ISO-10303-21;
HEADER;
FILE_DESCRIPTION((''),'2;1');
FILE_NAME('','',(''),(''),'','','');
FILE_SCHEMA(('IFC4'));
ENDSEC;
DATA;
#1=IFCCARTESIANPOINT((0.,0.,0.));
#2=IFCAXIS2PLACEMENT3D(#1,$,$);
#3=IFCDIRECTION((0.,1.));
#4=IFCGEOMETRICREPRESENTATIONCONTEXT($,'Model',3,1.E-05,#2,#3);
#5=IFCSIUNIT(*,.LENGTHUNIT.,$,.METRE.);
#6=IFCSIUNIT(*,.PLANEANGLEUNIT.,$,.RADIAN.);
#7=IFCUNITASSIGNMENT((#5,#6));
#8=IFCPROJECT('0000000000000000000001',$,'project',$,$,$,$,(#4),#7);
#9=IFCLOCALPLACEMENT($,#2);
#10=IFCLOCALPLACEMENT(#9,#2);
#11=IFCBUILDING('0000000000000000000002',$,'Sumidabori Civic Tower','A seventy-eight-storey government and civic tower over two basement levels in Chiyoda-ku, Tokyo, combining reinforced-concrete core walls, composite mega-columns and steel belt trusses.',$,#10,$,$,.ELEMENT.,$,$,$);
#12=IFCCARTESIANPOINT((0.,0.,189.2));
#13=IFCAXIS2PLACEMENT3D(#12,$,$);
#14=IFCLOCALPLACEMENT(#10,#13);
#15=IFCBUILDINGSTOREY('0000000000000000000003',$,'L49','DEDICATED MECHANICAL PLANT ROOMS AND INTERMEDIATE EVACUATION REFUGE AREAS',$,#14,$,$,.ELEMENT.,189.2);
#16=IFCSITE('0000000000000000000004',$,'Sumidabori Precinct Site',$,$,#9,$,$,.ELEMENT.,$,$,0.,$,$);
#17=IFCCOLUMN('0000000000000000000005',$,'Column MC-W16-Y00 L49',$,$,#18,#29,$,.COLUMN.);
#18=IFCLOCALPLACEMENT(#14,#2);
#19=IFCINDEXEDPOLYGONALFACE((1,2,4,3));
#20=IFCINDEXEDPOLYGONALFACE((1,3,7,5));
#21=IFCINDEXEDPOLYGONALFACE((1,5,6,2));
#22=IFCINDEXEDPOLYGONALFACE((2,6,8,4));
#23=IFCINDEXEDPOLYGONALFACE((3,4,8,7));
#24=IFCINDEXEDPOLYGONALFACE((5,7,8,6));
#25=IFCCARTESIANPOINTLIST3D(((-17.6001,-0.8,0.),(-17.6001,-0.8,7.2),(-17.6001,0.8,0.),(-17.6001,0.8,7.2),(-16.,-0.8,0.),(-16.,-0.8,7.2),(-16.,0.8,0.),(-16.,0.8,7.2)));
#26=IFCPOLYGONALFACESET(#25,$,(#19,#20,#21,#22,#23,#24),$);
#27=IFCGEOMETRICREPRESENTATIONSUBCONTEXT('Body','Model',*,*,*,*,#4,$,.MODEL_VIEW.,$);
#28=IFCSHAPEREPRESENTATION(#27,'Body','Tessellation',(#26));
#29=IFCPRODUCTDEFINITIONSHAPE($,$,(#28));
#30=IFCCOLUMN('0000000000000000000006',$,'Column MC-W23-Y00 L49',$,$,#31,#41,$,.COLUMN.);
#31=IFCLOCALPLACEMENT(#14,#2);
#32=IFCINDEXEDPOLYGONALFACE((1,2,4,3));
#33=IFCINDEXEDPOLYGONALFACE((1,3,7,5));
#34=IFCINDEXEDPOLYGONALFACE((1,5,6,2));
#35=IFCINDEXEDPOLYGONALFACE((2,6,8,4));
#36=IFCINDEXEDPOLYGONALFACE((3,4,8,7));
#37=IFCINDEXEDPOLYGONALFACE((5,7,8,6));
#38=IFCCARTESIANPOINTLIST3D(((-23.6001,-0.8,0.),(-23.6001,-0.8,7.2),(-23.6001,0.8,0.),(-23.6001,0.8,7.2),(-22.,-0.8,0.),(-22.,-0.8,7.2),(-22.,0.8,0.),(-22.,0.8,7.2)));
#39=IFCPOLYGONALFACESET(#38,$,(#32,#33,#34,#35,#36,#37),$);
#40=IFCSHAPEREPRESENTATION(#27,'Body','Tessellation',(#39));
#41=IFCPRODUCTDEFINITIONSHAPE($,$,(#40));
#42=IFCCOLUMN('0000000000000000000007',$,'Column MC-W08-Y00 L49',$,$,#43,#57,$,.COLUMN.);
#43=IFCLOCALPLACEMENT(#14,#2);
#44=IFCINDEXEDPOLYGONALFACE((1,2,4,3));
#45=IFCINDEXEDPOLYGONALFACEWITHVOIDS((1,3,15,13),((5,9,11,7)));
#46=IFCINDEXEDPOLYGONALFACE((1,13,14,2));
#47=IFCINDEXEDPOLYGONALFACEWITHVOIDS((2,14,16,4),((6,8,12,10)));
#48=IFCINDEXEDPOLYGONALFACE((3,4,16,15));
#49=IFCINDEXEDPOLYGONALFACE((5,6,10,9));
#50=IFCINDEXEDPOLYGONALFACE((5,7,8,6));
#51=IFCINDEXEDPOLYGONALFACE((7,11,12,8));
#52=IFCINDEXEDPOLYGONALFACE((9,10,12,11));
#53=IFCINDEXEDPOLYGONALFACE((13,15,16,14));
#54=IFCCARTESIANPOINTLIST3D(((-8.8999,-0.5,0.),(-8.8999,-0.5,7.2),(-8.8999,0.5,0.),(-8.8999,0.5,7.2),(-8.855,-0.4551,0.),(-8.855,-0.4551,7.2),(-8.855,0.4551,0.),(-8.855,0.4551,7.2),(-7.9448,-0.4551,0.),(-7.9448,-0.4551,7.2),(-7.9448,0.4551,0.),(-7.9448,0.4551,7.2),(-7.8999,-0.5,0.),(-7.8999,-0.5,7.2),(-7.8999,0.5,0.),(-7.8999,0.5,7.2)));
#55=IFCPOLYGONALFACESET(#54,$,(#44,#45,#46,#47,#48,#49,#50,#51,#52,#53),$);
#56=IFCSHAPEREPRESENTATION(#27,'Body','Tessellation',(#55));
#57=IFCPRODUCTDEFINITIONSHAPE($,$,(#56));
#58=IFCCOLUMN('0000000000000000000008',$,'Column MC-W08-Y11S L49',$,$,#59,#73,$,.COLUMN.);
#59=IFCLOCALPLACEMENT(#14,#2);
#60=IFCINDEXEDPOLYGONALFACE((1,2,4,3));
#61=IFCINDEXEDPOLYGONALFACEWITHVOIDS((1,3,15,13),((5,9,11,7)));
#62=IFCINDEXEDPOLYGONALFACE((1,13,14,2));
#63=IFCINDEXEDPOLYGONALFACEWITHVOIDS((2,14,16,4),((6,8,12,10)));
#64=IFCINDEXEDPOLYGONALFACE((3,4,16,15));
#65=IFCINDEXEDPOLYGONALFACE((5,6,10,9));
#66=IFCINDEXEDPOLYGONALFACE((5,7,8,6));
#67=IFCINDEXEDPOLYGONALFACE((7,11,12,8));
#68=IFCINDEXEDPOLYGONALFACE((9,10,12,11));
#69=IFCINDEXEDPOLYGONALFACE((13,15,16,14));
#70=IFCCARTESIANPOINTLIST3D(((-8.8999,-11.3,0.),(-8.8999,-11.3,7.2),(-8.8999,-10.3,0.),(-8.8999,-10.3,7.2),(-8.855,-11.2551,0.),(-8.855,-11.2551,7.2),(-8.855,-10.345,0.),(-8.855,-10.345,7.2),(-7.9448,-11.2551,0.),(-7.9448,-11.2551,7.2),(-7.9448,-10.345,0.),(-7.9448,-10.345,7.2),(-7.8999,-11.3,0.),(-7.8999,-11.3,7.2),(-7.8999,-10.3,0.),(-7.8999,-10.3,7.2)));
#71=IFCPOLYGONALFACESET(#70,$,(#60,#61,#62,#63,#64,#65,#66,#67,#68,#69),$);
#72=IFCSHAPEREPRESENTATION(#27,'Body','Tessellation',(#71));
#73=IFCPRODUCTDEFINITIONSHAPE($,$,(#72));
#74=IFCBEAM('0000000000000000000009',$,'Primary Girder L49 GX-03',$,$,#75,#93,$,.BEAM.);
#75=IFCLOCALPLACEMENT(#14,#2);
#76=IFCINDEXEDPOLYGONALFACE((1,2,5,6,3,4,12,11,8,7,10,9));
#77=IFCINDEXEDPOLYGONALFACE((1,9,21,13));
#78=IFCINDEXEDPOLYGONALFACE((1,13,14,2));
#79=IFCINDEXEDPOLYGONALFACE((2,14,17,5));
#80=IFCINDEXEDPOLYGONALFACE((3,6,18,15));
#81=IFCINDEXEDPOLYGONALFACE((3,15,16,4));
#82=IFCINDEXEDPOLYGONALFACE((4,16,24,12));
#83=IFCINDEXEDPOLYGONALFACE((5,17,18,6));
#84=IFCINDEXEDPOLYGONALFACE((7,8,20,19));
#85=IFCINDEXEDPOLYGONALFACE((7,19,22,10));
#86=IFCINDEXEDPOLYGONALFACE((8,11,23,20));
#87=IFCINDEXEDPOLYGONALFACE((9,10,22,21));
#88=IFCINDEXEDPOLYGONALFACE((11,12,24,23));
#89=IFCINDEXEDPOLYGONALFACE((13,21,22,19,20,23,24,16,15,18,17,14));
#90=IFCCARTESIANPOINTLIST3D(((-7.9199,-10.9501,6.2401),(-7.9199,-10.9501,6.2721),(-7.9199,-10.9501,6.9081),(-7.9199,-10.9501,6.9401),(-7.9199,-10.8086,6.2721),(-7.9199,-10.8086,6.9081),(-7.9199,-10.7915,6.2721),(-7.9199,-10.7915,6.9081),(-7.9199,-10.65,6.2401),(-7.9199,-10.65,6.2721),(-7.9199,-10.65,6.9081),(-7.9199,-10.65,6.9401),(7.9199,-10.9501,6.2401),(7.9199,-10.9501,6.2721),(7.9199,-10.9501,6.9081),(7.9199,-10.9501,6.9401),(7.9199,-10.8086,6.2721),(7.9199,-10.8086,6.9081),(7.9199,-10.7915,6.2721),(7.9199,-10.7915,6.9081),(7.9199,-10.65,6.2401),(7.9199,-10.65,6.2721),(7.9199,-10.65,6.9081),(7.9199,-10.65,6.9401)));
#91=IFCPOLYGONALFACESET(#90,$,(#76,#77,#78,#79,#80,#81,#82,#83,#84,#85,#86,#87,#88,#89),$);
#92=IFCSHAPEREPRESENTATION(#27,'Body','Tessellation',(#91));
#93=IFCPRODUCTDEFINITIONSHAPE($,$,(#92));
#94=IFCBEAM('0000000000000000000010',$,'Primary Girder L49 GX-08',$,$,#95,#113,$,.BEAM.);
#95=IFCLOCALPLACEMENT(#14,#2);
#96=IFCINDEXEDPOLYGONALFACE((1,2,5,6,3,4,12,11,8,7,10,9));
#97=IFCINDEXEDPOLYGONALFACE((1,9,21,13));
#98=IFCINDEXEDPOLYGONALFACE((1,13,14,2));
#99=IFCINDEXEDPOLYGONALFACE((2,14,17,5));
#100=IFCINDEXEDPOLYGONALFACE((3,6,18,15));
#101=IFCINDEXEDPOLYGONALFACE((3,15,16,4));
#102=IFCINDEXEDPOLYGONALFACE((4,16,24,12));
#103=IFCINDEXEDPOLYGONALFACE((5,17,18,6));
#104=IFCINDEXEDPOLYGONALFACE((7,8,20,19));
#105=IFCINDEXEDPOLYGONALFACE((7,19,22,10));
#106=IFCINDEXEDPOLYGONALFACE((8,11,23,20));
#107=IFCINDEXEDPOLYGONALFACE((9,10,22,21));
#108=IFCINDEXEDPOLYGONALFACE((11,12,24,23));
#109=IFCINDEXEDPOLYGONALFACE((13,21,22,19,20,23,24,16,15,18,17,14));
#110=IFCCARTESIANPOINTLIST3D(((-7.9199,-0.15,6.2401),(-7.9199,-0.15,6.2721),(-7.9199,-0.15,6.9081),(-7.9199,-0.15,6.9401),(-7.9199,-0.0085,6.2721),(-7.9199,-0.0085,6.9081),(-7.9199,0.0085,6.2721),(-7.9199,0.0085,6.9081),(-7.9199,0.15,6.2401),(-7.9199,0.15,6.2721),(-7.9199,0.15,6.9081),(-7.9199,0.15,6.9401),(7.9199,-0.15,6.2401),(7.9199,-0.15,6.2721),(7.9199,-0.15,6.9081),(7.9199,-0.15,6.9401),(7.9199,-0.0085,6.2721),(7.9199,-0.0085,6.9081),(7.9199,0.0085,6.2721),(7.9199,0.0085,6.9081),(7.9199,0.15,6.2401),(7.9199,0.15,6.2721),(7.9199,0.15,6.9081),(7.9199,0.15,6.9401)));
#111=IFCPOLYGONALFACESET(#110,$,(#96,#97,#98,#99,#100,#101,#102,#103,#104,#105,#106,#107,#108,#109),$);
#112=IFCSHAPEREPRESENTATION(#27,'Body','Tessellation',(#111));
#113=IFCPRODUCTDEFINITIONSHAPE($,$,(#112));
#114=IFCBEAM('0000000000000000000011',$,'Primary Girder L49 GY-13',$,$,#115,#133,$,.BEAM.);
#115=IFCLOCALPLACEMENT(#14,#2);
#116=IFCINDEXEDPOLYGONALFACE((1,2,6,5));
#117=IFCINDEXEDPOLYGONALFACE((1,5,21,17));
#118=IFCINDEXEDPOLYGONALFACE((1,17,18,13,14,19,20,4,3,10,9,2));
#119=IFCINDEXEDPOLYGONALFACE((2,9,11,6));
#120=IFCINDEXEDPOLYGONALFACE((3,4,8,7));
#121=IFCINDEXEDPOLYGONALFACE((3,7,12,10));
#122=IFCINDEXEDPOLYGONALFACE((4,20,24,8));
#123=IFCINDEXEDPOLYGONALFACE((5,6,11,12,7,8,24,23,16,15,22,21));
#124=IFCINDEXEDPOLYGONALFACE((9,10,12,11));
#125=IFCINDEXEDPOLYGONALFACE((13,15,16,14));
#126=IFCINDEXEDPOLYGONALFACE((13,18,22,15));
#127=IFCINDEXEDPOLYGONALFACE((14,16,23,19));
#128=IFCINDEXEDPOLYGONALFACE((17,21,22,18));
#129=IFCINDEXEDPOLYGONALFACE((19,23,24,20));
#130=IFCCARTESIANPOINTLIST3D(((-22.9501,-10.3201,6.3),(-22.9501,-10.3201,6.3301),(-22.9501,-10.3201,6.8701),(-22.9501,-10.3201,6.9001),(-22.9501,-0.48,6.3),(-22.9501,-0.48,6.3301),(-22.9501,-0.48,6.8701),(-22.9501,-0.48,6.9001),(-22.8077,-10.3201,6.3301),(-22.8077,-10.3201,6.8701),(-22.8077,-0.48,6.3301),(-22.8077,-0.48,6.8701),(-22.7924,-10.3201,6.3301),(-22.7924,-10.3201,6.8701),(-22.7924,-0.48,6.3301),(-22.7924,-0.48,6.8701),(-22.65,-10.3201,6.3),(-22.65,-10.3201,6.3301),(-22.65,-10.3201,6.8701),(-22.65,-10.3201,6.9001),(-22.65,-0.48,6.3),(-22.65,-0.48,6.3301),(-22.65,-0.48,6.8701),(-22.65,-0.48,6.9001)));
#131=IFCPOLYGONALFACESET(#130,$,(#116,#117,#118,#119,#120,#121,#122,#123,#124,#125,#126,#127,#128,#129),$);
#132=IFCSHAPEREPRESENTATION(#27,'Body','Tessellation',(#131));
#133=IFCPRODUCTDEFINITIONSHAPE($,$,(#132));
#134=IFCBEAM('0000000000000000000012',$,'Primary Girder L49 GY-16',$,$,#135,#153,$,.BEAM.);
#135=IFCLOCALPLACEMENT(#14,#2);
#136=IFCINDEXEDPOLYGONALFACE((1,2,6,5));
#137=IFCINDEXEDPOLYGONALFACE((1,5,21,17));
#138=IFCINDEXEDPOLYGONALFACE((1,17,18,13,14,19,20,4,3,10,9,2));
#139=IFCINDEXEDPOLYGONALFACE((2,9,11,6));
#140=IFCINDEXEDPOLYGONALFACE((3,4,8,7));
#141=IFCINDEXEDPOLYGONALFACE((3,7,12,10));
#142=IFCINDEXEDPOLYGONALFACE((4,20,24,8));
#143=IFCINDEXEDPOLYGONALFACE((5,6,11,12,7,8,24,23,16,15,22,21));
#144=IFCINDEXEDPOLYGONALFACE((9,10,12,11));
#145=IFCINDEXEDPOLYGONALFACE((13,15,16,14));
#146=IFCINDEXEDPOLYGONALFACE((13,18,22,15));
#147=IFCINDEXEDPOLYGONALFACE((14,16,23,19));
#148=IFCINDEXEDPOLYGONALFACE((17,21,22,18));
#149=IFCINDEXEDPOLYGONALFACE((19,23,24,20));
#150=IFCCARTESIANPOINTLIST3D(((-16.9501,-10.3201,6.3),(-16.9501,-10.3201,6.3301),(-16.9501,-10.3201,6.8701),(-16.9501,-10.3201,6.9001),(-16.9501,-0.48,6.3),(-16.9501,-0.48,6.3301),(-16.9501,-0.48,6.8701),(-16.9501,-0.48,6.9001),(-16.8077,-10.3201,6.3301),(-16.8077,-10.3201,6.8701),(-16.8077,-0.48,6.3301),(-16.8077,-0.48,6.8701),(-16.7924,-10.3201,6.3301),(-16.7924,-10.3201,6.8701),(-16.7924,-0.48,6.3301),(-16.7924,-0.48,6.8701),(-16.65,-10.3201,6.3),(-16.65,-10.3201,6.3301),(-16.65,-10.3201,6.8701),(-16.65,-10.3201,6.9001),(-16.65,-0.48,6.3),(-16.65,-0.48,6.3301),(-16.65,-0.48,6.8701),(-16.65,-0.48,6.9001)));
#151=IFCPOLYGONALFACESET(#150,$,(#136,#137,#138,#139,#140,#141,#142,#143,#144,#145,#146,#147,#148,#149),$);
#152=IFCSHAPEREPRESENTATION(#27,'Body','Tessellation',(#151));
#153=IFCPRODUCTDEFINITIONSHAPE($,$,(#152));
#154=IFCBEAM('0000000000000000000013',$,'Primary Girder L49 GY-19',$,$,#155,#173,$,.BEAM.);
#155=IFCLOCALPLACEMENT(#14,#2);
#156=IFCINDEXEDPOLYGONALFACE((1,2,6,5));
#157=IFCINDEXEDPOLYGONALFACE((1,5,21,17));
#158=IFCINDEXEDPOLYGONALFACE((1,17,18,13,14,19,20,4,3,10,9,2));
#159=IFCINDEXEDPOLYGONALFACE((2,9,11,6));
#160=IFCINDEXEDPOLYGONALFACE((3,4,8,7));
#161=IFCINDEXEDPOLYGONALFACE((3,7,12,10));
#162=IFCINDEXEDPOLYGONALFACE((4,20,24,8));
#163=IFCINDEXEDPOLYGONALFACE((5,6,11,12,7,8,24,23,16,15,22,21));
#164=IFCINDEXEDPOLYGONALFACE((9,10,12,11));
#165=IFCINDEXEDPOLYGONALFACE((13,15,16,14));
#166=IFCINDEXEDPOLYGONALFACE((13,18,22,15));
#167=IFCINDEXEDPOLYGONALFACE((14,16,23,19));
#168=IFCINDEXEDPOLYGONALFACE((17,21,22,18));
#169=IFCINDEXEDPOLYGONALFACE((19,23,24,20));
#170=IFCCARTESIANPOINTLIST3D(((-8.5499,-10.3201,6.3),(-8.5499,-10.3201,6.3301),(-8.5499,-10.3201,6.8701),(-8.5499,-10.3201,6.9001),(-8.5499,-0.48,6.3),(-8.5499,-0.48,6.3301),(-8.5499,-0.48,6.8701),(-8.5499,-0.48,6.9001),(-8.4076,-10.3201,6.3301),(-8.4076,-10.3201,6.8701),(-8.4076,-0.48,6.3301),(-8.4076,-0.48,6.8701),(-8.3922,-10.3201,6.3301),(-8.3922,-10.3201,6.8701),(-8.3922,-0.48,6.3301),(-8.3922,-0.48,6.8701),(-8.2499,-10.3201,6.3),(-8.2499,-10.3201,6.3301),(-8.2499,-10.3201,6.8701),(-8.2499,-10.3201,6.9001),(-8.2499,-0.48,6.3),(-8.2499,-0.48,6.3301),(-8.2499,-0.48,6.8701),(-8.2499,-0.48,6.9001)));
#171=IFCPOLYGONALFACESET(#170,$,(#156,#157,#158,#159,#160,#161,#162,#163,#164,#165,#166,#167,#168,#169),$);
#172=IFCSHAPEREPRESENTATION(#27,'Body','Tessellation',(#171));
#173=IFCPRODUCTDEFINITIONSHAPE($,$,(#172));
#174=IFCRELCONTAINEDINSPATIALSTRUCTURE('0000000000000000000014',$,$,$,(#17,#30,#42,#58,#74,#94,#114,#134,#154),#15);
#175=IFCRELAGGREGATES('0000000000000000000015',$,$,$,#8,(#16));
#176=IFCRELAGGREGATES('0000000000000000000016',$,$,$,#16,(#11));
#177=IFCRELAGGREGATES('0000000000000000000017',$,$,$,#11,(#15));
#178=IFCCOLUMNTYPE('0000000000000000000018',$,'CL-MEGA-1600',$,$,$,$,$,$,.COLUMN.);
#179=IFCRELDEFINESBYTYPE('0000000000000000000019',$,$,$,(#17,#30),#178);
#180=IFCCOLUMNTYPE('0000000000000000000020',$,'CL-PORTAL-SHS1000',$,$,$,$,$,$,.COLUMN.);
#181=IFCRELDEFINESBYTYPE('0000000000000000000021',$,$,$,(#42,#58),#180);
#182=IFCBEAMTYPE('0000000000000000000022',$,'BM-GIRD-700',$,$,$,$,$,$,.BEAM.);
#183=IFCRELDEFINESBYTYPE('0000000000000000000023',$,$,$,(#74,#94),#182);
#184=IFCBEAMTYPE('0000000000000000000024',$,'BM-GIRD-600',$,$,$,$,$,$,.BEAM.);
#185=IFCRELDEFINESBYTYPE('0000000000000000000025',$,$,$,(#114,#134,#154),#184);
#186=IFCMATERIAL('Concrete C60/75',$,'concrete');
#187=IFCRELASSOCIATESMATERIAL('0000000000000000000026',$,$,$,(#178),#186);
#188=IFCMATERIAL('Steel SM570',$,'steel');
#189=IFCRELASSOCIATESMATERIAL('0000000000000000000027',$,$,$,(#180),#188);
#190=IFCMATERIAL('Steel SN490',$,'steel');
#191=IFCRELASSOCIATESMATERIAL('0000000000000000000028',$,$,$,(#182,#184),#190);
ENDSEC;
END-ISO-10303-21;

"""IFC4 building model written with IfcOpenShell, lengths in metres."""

from ifc_helpers import new_model, si_unit, direction, frame, origin, origin_2d, place, context, subcontext, project, spatial, rectangle, hollow_rectangle, i_section, extrude, source, transform, mapped, material, material_profile, profile_set, type_object, element, save


model = new_model("IFC4")

# Units and contexts
model_context = context("Model", 3, precision=1e-05, world=origin(), true_north=direction((0.0, 1.0)))
body_context = subcontext(model_context, "Body", "Model", "MODEL_VIEW")
ifc_project = project(units=[si_unit("LENGTHUNIT", "METRE"), si_unit("PLANEANGLEUNIT", "RADIAN")], contexts=[model_context])

# Site, building, storey
site_placement = place(None, origin())
site = spatial("IfcSite", under=ifc_project, at=site_placement, Name="Sumidabori Precinct Site", CompositionType="ELEMENT", RefElevation=0.0)
building_placement = place(site_placement, origin())
building = spatial("IfcBuilding", under=site, at=building_placement, Name="Sumidabori Civic Tower", Description="A seventy-eight-storey government and civic tower over two basement levels in Chiyoda-ku, Tokyo, combining reinforced-concrete core walls, composite mega-columns and steel belt trusses.", CompositionType="ELEMENT")
storey_placement = place(building_placement, frame((0.0, 0.0, 189.2)))
storey = spatial("IfcBuildingStorey", under=building, at=storey_placement, Name="L49", Description="DEDICATED MECHANICAL PLANT ROOMS AND INTERMEDIATE EVACUATION REFUGE AREAS", CompositionType="ELEMENT", Elevation=189.2)

# Columns
ifc_material_1 = material(Name="Concrete C60/75", Category="concrete")
ifc_material_profile_1 = material_profile(ifc_material_1, rectangle(XDim=1.6001, YDim=1.6001, at=origin_2d()), Name="RC 1600x1600")
ifc_profile_set_1 = profile_set([ifc_material_profile_1], Name="Concrete C60/75")
column_type_1 = type_object("IfcColumnType", Name="CL-MEGA-1600", PredefinedType="COLUMN", material=ifc_profile_set_1)
shared_shape_1 = source(origin(), body_context, "Body", "SweptSolid", [
    extrude(rectangle(XDim=1.6001, YDim=1.6001, at=origin_2d()), origin(), (0.0, 0.0, 1.0), 7.2),
])
for number, where, z_axis, x_axis, name in (
    (1, (-16.8, 0.0, 0.0), (0.0, 0.0, 1.0), (1.0, 0.0, 0.0), "Column MC-W16-Y00 L49"),
    (2, (-22.8, 0.0, 0.0), (0.0, 0.0, 1.0), (1.0, 0.0, 0.0), "Column MC-W23-Y00 L49"),
):
    element("IfcColumn", number, at=place(storey_placement, frame(where, z_axis=z_axis, x_axis=x_axis)), inside=storey, type_object=column_type_1, Name=name, PredefinedType="COLUMN", context=body_context, shape_type="MappedRepresentation", body=[
        mapped(shared_shape_1, transform((0.0, 0.0, 0.0), x_axis=(1.0, 0.0, 0.0), y_axis=(0.0, 1.0, 0.0), z_axis=(0.0, 0.0, 1.0), scale=1.0)),
    ])
ifc_material_2 = material(Name="Steel SM570", Category="steel")
ifc_material_profile_2 = material_profile(ifc_material_2, hollow_rectangle(XDim=1.0, YDim=1.0, WallThickness=0.0449, at=origin_2d()), Name="SHS 1000x1000x45")
ifc_profile_set_2 = profile_set([ifc_material_profile_2], Name="Steel SM570")
column_type_2 = type_object("IfcColumnType", Name="CL-PORTAL-SHS1000", PredefinedType="COLUMN", material=ifc_profile_set_2)
shared_shape_2 = source(origin(), body_context, "Body", "SweptSolid", [
    extrude(hollow_rectangle(XDim=1.0, YDim=1.0, WallThickness=0.0449, at=origin_2d()), origin(), (0.0, 0.0, 1.0), 7.2),
])
for number, where, z_axis, x_axis, name in (
    (3, (-8.3999, 0.0, 0.0), (0.0, 0.0, 1.0), (1.0, 0.0, 0.0), "Column MC-W08-Y00 L49"),
    (4, (-8.3999, -10.8, 0.0), (0.0, 0.0, 1.0), (1.0, 0.0, 0.0), "Column MC-W08-Y11S L49"),
):
    element("IfcColumn", number, at=place(storey_placement, frame(where, z_axis=z_axis, x_axis=x_axis)), inside=storey, type_object=column_type_2, Name=name, PredefinedType="COLUMN", context=body_context, shape_type="MappedRepresentation", body=[
        mapped(shared_shape_2, transform((0.0, 0.0, 0.0), x_axis=(1.0, 0.0, 0.0), y_axis=(0.0, 1.0, 0.0), z_axis=(0.0, 0.0, 1.0), scale=1.0)),
    ])

# Beams
ifc_material_3 = material(Name="Steel SN490", Category="steel")
ifc_material_profile_3 = material_profile(ifc_material_3, i_section(OverallWidth=0.3, OverallDepth=0.7, WebThickness=0.0171, FlangeThickness=0.032, at=origin_2d()), Name="HE 700 B")
ifc_profile_set_3 = profile_set([ifc_material_profile_3], Name="Steel SN490")
beam_type_1 = type_object("IfcBeamType", Name="BM-GIRD-700", PredefinedType="BEAM", material=ifc_profile_set_3)
shared_shape_3 = source(origin(), body_context, "Body", "SweptSolid", [
    extrude(i_section(OverallWidth=0.3, OverallDepth=0.7, WebThickness=0.0171, FlangeThickness=0.032, at=origin_2d()), origin(), (0.0, 0.0, 1.0), 15.8398),
])
for number, where, z_axis, x_axis, name in (
    (5, (-7.9199, -10.8, 6.5901), (1.0, 0.0, 0.0), (0.0, 1.0, 0.0), "Primary Girder L49 GX-03"),
    (6, (-7.9199, 0.0, 6.5901), (1.0, 0.0, 0.0), (0.0, 1.0, 0.0), "Primary Girder L49 GX-08"),
):
    element("IfcBeam", number, at=place(storey_placement, frame(where, z_axis=z_axis, x_axis=x_axis)), inside=storey, type_object=beam_type_1, Name=name, PredefinedType="BEAM", context=body_context, shape_type="MappedRepresentation", body=[
        mapped(shared_shape_3, transform((0.0, 0.0, 0.0), x_axis=(1.0, 0.0, 0.0), y_axis=(0.0, 1.0, 0.0), z_axis=(0.0, 0.0, 1.0), scale=1.0)),
    ])
ifc_material_profile_4 = material_profile(ifc_material_3, i_section(OverallWidth=0.3, OverallDepth=0.6001, WebThickness=0.0154, FlangeThickness=0.03, at=origin_2d()), Name="HE 600 B")
ifc_profile_set_4 = profile_set([ifc_material_profile_4], Name="Steel SN490")
beam_type_2 = type_object("IfcBeamType", Name="BM-GIRD-600", PredefinedType="BEAM", material=ifc_profile_set_4)
shared_shape_4 = source(origin(), body_context, "Body", "SweptSolid", [
    extrude(i_section(OverallWidth=0.3, OverallDepth=0.6001, WebThickness=0.0154, FlangeThickness=0.03, at=origin_2d()), origin(), (0.0, 0.0, 1.0), 9.8401),
])
for number, where, z_axis, x_axis, name in (
    (7, (-22.8, -10.3201, 6.6001), (0.0, 1.0, 0.0), (-1.0, 0.0, 0.0), "Primary Girder L49 GY-13"),
    (8, (-16.8, -10.3201, 6.6001), (0.0, 1.0, 0.0), (-1.0, 0.0, 0.0), "Primary Girder L49 GY-16"),
    (9, (-8.3999, -10.3201, 6.6001), (0.0, 1.0, 0.0), (-1.0, 0.0, 0.0), "Primary Girder L49 GY-19"),
):
    element("IfcBeam", number, at=place(storey_placement, frame(where, z_axis=z_axis, x_axis=x_axis)), inside=storey, type_object=beam_type_2, Name=name, PredefinedType="BEAM", context=body_context, shape_type="MappedRepresentation", body=[
        mapped(shared_shape_4, transform((0.0, 0.0, 0.0), x_axis=(1.0, 0.0, 0.0), y_axis=(0.0, 1.0, 0.0), z_axis=(0.0, 0.0, 1.0), scale=1.0)),
    ])

save(model, "model.ifc")
